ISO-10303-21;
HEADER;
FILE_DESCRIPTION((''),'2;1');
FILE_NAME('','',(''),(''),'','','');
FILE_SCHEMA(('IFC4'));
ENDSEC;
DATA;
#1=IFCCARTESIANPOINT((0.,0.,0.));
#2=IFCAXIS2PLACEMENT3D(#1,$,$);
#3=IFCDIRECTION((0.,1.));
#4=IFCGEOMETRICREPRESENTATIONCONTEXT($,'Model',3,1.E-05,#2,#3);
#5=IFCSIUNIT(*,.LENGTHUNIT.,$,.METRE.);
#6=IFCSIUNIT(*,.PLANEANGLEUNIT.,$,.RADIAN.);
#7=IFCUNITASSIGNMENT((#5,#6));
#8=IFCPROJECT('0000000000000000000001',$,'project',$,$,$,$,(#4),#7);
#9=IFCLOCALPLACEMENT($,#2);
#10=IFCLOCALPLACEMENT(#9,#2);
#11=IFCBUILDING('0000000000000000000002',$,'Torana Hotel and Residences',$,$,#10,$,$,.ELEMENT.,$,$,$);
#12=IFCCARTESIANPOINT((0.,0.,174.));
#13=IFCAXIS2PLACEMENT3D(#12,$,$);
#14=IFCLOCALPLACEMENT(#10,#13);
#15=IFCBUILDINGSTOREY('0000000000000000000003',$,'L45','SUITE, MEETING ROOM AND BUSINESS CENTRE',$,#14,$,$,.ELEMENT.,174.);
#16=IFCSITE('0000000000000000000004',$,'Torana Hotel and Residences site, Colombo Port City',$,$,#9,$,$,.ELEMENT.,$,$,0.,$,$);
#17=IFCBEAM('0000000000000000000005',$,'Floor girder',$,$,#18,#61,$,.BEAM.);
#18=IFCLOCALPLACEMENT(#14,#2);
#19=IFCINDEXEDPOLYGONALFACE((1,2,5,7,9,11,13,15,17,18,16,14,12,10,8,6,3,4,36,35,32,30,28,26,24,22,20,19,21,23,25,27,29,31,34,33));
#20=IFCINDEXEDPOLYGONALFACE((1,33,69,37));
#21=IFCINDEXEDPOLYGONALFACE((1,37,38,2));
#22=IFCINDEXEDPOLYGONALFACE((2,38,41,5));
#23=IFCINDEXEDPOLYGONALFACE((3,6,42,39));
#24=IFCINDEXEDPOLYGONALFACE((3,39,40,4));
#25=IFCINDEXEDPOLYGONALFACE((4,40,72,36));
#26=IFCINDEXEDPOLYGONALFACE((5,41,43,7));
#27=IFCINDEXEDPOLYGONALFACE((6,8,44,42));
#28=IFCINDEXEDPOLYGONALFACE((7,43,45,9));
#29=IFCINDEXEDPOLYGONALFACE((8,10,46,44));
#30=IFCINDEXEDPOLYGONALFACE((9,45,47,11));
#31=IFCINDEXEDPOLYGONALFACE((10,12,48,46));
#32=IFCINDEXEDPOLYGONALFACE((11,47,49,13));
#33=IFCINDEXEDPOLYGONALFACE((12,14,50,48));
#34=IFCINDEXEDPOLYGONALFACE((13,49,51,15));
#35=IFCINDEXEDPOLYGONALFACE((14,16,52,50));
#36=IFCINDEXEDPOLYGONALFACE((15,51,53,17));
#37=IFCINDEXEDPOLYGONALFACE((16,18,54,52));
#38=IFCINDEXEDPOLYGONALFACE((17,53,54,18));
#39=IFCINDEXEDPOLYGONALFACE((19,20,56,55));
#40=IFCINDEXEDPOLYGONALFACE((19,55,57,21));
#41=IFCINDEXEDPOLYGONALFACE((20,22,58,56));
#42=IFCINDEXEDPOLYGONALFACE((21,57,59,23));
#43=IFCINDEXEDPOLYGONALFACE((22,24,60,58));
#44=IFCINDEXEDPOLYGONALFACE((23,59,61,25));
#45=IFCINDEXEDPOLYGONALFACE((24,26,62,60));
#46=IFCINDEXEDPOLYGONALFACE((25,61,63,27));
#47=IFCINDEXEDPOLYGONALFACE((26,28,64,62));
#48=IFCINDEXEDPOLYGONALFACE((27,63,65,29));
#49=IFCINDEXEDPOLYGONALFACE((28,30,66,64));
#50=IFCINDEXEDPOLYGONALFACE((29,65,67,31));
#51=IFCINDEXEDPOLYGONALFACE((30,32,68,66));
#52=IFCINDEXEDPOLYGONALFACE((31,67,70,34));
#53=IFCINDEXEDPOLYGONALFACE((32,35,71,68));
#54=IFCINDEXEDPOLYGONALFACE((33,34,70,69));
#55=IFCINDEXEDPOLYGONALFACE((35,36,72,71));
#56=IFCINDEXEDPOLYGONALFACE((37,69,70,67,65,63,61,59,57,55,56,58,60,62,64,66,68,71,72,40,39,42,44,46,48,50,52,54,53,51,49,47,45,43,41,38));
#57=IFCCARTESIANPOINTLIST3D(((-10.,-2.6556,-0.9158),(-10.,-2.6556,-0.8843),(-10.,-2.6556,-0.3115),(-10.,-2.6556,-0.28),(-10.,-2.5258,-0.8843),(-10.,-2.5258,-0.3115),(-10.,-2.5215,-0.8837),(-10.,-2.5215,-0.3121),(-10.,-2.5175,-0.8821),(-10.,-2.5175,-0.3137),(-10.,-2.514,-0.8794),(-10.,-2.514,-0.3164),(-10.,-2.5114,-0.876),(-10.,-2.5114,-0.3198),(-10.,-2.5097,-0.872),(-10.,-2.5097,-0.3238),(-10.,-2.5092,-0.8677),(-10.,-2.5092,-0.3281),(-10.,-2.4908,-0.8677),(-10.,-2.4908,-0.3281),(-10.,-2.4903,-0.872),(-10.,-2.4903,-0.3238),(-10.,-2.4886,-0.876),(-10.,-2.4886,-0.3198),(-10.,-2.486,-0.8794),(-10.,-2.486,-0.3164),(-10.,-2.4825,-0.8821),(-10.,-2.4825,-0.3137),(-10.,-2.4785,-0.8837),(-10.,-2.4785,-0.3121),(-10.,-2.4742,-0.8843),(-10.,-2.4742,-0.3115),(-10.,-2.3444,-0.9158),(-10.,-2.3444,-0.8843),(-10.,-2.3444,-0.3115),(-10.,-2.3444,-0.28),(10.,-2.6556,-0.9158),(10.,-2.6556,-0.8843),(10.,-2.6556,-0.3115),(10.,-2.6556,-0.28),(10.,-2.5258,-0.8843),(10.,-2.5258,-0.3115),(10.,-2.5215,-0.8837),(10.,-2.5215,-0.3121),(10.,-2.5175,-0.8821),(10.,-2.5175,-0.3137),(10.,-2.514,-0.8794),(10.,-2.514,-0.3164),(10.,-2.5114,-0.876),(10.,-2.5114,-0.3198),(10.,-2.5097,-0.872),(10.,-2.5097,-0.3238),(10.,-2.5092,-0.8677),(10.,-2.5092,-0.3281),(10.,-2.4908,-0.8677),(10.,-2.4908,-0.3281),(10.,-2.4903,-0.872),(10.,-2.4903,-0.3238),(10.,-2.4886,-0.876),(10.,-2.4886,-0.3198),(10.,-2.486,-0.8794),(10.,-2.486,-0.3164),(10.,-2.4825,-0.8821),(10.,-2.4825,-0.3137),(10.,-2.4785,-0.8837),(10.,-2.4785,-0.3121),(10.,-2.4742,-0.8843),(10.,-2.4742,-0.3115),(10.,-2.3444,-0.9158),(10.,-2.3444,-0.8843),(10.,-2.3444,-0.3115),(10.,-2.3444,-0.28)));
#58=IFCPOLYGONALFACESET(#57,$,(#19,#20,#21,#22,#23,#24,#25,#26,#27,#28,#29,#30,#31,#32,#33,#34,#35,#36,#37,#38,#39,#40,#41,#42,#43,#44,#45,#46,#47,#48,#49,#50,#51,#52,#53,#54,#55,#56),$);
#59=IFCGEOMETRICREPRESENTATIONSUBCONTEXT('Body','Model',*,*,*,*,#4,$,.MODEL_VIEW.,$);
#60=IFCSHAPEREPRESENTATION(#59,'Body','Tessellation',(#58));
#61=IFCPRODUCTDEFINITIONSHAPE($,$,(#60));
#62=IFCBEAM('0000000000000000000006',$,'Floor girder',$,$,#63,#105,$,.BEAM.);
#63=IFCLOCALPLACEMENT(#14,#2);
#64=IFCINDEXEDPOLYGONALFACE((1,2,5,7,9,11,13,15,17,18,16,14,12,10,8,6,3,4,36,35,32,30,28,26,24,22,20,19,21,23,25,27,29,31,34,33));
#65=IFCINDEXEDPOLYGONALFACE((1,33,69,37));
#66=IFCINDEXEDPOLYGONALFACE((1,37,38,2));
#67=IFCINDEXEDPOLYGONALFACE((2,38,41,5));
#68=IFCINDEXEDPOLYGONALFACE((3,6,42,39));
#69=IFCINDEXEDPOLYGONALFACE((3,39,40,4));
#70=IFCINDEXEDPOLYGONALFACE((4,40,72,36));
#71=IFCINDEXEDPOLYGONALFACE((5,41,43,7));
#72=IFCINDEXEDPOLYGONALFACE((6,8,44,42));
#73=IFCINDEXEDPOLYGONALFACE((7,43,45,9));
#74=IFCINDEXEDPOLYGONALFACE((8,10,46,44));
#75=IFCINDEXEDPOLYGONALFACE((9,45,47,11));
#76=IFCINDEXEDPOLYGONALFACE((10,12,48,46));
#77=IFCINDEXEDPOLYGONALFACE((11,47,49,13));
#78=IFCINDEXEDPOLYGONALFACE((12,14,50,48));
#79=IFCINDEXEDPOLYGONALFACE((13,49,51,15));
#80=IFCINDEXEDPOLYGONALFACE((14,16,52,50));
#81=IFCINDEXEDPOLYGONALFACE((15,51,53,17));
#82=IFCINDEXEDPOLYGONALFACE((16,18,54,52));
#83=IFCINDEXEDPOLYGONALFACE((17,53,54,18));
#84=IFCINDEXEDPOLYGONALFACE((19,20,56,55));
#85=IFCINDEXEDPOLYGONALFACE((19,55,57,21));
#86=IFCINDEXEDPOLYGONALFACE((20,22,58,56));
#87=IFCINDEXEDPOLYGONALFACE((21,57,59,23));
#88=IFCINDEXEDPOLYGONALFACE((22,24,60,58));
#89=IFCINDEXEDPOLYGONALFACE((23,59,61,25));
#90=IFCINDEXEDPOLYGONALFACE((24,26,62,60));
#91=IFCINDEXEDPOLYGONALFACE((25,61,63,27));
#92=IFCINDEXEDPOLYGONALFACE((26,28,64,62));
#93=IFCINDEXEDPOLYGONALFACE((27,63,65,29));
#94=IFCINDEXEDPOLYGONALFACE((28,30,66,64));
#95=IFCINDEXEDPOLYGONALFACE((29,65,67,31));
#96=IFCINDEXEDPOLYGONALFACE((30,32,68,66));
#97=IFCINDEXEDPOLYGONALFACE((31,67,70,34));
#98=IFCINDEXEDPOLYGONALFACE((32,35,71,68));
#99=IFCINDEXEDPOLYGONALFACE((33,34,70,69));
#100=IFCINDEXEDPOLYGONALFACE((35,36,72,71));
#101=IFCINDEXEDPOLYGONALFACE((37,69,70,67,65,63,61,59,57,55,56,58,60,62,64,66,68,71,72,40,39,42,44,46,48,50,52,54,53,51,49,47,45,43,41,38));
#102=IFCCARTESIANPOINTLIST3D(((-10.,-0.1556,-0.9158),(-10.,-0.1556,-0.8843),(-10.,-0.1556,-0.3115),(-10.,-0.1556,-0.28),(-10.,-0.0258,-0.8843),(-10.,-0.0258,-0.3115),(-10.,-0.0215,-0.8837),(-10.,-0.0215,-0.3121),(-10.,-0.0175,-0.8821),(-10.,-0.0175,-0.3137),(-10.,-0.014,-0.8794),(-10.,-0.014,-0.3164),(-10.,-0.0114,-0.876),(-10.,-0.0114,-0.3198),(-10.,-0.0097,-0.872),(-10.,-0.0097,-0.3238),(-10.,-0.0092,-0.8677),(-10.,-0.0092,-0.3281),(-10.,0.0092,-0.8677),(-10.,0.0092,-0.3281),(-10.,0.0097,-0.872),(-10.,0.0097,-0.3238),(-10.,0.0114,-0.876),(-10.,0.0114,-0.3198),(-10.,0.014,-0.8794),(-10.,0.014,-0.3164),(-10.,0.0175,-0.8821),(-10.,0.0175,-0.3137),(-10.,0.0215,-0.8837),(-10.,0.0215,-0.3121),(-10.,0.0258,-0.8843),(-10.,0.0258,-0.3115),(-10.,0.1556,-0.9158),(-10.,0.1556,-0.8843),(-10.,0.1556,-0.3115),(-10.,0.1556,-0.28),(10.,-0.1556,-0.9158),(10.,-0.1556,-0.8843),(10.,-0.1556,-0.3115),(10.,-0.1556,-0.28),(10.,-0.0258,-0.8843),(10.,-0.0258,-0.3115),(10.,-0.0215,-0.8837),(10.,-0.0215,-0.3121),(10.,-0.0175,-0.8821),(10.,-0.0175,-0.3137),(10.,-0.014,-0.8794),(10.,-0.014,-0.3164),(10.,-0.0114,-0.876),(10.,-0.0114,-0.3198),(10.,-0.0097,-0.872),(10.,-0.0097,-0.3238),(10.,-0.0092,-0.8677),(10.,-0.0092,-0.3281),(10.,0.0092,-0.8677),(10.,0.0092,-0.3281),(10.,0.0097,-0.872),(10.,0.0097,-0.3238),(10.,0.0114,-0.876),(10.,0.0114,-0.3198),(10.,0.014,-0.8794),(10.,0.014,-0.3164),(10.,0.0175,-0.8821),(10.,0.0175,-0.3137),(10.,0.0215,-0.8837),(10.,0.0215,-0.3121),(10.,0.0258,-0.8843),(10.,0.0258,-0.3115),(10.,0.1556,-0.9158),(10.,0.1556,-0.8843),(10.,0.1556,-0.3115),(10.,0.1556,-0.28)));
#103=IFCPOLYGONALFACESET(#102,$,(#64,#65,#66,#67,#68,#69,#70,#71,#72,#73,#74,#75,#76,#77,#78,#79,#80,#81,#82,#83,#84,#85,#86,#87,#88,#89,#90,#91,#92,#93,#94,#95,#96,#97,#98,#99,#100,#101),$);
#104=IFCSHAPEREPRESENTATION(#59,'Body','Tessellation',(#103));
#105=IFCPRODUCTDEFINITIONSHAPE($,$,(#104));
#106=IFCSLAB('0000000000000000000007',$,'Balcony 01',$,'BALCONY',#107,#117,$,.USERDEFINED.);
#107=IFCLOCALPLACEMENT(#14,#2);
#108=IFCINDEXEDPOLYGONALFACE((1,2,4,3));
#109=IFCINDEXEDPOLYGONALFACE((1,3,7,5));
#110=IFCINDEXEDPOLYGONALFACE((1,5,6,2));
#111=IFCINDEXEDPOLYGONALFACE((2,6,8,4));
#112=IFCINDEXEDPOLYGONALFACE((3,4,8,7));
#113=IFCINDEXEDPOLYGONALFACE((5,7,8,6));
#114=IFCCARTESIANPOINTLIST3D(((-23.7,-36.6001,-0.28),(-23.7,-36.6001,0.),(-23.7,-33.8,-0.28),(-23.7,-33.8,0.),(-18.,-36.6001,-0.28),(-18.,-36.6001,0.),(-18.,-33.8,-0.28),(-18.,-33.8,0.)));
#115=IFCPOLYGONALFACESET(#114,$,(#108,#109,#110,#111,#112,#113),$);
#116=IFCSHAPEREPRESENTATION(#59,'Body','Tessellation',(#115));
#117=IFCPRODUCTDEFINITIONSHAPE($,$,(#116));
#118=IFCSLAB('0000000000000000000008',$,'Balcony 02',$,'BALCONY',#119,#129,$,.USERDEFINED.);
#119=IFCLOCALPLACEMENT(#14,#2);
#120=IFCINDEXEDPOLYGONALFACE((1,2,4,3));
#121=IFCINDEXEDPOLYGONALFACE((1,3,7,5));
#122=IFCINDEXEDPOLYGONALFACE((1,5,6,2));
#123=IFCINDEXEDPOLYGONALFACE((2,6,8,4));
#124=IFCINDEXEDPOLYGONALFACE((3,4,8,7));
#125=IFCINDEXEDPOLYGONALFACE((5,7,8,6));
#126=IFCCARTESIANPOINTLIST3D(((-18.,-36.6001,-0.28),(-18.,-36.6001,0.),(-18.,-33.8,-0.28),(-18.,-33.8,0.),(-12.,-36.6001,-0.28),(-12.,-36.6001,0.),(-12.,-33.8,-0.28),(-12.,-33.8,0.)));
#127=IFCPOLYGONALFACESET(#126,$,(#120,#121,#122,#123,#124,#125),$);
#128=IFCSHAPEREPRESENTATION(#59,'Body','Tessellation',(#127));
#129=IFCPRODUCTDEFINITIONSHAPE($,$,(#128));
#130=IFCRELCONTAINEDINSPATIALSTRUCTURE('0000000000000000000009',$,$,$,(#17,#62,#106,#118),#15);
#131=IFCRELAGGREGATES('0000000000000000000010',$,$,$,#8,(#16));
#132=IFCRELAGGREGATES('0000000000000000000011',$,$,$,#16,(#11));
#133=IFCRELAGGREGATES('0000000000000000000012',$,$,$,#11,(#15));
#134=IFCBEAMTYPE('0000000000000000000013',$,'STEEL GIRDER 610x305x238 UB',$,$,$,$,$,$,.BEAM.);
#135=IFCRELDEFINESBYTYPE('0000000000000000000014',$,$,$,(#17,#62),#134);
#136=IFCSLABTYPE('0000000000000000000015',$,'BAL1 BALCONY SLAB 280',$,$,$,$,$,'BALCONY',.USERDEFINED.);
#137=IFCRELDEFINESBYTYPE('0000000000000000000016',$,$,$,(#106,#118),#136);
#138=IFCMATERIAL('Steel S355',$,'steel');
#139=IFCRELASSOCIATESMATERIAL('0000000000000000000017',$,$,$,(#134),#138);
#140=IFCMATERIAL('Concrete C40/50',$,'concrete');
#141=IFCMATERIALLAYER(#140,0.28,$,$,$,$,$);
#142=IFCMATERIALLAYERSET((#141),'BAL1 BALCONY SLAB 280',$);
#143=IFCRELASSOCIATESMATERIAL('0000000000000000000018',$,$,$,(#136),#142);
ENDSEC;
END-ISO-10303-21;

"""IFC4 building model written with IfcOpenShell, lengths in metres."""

from ifc_helpers import new_model, si_unit, direction, frame, origin, origin_2d, place, context, subcontext, project, spatial, polyline, i_section, outline, extrude, material, layer, layer_set, material_profile, profile_set, type_object, element, save


model = new_model("IFC4")

# Units and contexts
model_context = context("Model", 3, precision=1e-05, world=origin(), true_north=direction((0.0, 1.0)))
body_context = subcontext(model_context, "Body", "Model", "MODEL_VIEW")
ifc_project = project(units=[si_unit("LENGTHUNIT", "METRE"), si_unit("PLANEANGLEUNIT", "RADIAN")], contexts=[model_context])

# Site, building, storey
site_placement = place(None, origin())
site = spatial("IfcSite", under=ifc_project, at=site_placement, Name="Torana Hotel and Residences site, Colombo Port City", CompositionType="ELEMENT", RefElevation=0.0)
building_placement = place(site_placement, origin())
building = spatial("IfcBuilding", under=site, at=building_placement, Name="Torana Hotel and Residences", CompositionType="ELEMENT")
storey_placement = place(building_placement, frame((0.0, 0.0, 174.0)))
storey = spatial("IfcBuildingStorey", under=building, at=storey_placement, Name="L45", Description="SUITE, MEETING ROOM AND BUSINESS CENTRE", CompositionType="ELEMENT", Elevation=174.0)

# Beams
ifc_material_1 = material(Name="Steel S355", Category="steel")
ifc_material_profile = material_profile(ifc_material_1, i_section(OverallWidth=0.3113, OverallDepth=0.6357, WebThickness=0.0183, FlangeThickness=0.0315, FilletRadius=0.0166, at=origin_2d()), Name="610x305x238 UB")
ifc_profile_set = profile_set([ifc_material_profile], Name="Steel S355")
beam_type = type_object("IfcBeamType", Name="STEEL GIRDER 610x305x238 UB", PredefinedType="BEAM", material=ifc_profile_set)
for number, where, z_axis, x_axis, name in (
    (1, (-10.0, -2.5, -0.5979), (1.0, 0.0, 0.0), (0.0, 1.0, 0.0), "Floor girder"),
    (2, (-10.0, 0.0, -0.5979), (1.0, 0.0, 0.0), (0.0, 1.0, 0.0), "Floor girder"),
):
    element("IfcBeam", number, at=place(storey_placement, frame(where, z_axis=z_axis, x_axis=x_axis)), inside=storey, type_object=beam_type, Name=name, PredefinedType="BEAM", context=body_context, shape_type="SweptSolid", body=[
        extrude(i_section(OverallWidth=0.3113, OverallDepth=0.6357, WebThickness=0.0183, FlangeThickness=0.0315, FilletRadius=0.0166, at=origin_2d()), origin(), (0.0, 0.0, 1.0), 20.0),
    ])

# Slabs
ifc_material_2 = material(Name="Concrete C40/50", Category="concrete")
ifc_layer_1 = layer(ifc_material_2, 0.28)
ifc_layer_set_1 = layer_set([ifc_layer_1], Name="BAL1 BALCONY SLAB 280")
slab_type_1 = type_object("IfcSlabType", Name="BAL1 BALCONY SLAB 280", ElementType="BALCONY", PredefinedType="USERDEFINED", material=ifc_layer_set_1)
slab_1_placement = place(storey_placement, frame((0.0, 0.0, -0.28)))
element("IfcSlab", 3, at=slab_1_placement, inside=storey, type_object=slab_type_1, Name="Balcony 01", ObjectType="BALCONY", PredefinedType="USERDEFINED", context=body_context, shape_type="SweptSolid", body=[
    extrude(outline(polyline([(-23.7, -36.6001), (-18.0, -36.6001), (-18.0, -33.8), (-23.7, -33.8), (-23.7, -36.6001)])), origin(), (0.0, 0.0, 1.0), 0.28),
])
slab_2_placement = place(storey_placement, frame((0.0, 0.0, -0.28)))
element("IfcSlab", 4, at=slab_2_placement, inside=storey, type_object=slab_type_1, Name="Balcony 02", ObjectType="BALCONY", PredefinedType="USERDEFINED", context=body_context, shape_type="SweptSolid", body=[
    extrude(outline(polyline([(-18.0, -36.6001), (-12.0, -36.6001), (-12.0, -33.8), (-18.0, -33.8), (-18.0, -36.6001)])), origin(), (0.0, 0.0, 1.0), 0.28),
])

save(model, "model.ifc")
